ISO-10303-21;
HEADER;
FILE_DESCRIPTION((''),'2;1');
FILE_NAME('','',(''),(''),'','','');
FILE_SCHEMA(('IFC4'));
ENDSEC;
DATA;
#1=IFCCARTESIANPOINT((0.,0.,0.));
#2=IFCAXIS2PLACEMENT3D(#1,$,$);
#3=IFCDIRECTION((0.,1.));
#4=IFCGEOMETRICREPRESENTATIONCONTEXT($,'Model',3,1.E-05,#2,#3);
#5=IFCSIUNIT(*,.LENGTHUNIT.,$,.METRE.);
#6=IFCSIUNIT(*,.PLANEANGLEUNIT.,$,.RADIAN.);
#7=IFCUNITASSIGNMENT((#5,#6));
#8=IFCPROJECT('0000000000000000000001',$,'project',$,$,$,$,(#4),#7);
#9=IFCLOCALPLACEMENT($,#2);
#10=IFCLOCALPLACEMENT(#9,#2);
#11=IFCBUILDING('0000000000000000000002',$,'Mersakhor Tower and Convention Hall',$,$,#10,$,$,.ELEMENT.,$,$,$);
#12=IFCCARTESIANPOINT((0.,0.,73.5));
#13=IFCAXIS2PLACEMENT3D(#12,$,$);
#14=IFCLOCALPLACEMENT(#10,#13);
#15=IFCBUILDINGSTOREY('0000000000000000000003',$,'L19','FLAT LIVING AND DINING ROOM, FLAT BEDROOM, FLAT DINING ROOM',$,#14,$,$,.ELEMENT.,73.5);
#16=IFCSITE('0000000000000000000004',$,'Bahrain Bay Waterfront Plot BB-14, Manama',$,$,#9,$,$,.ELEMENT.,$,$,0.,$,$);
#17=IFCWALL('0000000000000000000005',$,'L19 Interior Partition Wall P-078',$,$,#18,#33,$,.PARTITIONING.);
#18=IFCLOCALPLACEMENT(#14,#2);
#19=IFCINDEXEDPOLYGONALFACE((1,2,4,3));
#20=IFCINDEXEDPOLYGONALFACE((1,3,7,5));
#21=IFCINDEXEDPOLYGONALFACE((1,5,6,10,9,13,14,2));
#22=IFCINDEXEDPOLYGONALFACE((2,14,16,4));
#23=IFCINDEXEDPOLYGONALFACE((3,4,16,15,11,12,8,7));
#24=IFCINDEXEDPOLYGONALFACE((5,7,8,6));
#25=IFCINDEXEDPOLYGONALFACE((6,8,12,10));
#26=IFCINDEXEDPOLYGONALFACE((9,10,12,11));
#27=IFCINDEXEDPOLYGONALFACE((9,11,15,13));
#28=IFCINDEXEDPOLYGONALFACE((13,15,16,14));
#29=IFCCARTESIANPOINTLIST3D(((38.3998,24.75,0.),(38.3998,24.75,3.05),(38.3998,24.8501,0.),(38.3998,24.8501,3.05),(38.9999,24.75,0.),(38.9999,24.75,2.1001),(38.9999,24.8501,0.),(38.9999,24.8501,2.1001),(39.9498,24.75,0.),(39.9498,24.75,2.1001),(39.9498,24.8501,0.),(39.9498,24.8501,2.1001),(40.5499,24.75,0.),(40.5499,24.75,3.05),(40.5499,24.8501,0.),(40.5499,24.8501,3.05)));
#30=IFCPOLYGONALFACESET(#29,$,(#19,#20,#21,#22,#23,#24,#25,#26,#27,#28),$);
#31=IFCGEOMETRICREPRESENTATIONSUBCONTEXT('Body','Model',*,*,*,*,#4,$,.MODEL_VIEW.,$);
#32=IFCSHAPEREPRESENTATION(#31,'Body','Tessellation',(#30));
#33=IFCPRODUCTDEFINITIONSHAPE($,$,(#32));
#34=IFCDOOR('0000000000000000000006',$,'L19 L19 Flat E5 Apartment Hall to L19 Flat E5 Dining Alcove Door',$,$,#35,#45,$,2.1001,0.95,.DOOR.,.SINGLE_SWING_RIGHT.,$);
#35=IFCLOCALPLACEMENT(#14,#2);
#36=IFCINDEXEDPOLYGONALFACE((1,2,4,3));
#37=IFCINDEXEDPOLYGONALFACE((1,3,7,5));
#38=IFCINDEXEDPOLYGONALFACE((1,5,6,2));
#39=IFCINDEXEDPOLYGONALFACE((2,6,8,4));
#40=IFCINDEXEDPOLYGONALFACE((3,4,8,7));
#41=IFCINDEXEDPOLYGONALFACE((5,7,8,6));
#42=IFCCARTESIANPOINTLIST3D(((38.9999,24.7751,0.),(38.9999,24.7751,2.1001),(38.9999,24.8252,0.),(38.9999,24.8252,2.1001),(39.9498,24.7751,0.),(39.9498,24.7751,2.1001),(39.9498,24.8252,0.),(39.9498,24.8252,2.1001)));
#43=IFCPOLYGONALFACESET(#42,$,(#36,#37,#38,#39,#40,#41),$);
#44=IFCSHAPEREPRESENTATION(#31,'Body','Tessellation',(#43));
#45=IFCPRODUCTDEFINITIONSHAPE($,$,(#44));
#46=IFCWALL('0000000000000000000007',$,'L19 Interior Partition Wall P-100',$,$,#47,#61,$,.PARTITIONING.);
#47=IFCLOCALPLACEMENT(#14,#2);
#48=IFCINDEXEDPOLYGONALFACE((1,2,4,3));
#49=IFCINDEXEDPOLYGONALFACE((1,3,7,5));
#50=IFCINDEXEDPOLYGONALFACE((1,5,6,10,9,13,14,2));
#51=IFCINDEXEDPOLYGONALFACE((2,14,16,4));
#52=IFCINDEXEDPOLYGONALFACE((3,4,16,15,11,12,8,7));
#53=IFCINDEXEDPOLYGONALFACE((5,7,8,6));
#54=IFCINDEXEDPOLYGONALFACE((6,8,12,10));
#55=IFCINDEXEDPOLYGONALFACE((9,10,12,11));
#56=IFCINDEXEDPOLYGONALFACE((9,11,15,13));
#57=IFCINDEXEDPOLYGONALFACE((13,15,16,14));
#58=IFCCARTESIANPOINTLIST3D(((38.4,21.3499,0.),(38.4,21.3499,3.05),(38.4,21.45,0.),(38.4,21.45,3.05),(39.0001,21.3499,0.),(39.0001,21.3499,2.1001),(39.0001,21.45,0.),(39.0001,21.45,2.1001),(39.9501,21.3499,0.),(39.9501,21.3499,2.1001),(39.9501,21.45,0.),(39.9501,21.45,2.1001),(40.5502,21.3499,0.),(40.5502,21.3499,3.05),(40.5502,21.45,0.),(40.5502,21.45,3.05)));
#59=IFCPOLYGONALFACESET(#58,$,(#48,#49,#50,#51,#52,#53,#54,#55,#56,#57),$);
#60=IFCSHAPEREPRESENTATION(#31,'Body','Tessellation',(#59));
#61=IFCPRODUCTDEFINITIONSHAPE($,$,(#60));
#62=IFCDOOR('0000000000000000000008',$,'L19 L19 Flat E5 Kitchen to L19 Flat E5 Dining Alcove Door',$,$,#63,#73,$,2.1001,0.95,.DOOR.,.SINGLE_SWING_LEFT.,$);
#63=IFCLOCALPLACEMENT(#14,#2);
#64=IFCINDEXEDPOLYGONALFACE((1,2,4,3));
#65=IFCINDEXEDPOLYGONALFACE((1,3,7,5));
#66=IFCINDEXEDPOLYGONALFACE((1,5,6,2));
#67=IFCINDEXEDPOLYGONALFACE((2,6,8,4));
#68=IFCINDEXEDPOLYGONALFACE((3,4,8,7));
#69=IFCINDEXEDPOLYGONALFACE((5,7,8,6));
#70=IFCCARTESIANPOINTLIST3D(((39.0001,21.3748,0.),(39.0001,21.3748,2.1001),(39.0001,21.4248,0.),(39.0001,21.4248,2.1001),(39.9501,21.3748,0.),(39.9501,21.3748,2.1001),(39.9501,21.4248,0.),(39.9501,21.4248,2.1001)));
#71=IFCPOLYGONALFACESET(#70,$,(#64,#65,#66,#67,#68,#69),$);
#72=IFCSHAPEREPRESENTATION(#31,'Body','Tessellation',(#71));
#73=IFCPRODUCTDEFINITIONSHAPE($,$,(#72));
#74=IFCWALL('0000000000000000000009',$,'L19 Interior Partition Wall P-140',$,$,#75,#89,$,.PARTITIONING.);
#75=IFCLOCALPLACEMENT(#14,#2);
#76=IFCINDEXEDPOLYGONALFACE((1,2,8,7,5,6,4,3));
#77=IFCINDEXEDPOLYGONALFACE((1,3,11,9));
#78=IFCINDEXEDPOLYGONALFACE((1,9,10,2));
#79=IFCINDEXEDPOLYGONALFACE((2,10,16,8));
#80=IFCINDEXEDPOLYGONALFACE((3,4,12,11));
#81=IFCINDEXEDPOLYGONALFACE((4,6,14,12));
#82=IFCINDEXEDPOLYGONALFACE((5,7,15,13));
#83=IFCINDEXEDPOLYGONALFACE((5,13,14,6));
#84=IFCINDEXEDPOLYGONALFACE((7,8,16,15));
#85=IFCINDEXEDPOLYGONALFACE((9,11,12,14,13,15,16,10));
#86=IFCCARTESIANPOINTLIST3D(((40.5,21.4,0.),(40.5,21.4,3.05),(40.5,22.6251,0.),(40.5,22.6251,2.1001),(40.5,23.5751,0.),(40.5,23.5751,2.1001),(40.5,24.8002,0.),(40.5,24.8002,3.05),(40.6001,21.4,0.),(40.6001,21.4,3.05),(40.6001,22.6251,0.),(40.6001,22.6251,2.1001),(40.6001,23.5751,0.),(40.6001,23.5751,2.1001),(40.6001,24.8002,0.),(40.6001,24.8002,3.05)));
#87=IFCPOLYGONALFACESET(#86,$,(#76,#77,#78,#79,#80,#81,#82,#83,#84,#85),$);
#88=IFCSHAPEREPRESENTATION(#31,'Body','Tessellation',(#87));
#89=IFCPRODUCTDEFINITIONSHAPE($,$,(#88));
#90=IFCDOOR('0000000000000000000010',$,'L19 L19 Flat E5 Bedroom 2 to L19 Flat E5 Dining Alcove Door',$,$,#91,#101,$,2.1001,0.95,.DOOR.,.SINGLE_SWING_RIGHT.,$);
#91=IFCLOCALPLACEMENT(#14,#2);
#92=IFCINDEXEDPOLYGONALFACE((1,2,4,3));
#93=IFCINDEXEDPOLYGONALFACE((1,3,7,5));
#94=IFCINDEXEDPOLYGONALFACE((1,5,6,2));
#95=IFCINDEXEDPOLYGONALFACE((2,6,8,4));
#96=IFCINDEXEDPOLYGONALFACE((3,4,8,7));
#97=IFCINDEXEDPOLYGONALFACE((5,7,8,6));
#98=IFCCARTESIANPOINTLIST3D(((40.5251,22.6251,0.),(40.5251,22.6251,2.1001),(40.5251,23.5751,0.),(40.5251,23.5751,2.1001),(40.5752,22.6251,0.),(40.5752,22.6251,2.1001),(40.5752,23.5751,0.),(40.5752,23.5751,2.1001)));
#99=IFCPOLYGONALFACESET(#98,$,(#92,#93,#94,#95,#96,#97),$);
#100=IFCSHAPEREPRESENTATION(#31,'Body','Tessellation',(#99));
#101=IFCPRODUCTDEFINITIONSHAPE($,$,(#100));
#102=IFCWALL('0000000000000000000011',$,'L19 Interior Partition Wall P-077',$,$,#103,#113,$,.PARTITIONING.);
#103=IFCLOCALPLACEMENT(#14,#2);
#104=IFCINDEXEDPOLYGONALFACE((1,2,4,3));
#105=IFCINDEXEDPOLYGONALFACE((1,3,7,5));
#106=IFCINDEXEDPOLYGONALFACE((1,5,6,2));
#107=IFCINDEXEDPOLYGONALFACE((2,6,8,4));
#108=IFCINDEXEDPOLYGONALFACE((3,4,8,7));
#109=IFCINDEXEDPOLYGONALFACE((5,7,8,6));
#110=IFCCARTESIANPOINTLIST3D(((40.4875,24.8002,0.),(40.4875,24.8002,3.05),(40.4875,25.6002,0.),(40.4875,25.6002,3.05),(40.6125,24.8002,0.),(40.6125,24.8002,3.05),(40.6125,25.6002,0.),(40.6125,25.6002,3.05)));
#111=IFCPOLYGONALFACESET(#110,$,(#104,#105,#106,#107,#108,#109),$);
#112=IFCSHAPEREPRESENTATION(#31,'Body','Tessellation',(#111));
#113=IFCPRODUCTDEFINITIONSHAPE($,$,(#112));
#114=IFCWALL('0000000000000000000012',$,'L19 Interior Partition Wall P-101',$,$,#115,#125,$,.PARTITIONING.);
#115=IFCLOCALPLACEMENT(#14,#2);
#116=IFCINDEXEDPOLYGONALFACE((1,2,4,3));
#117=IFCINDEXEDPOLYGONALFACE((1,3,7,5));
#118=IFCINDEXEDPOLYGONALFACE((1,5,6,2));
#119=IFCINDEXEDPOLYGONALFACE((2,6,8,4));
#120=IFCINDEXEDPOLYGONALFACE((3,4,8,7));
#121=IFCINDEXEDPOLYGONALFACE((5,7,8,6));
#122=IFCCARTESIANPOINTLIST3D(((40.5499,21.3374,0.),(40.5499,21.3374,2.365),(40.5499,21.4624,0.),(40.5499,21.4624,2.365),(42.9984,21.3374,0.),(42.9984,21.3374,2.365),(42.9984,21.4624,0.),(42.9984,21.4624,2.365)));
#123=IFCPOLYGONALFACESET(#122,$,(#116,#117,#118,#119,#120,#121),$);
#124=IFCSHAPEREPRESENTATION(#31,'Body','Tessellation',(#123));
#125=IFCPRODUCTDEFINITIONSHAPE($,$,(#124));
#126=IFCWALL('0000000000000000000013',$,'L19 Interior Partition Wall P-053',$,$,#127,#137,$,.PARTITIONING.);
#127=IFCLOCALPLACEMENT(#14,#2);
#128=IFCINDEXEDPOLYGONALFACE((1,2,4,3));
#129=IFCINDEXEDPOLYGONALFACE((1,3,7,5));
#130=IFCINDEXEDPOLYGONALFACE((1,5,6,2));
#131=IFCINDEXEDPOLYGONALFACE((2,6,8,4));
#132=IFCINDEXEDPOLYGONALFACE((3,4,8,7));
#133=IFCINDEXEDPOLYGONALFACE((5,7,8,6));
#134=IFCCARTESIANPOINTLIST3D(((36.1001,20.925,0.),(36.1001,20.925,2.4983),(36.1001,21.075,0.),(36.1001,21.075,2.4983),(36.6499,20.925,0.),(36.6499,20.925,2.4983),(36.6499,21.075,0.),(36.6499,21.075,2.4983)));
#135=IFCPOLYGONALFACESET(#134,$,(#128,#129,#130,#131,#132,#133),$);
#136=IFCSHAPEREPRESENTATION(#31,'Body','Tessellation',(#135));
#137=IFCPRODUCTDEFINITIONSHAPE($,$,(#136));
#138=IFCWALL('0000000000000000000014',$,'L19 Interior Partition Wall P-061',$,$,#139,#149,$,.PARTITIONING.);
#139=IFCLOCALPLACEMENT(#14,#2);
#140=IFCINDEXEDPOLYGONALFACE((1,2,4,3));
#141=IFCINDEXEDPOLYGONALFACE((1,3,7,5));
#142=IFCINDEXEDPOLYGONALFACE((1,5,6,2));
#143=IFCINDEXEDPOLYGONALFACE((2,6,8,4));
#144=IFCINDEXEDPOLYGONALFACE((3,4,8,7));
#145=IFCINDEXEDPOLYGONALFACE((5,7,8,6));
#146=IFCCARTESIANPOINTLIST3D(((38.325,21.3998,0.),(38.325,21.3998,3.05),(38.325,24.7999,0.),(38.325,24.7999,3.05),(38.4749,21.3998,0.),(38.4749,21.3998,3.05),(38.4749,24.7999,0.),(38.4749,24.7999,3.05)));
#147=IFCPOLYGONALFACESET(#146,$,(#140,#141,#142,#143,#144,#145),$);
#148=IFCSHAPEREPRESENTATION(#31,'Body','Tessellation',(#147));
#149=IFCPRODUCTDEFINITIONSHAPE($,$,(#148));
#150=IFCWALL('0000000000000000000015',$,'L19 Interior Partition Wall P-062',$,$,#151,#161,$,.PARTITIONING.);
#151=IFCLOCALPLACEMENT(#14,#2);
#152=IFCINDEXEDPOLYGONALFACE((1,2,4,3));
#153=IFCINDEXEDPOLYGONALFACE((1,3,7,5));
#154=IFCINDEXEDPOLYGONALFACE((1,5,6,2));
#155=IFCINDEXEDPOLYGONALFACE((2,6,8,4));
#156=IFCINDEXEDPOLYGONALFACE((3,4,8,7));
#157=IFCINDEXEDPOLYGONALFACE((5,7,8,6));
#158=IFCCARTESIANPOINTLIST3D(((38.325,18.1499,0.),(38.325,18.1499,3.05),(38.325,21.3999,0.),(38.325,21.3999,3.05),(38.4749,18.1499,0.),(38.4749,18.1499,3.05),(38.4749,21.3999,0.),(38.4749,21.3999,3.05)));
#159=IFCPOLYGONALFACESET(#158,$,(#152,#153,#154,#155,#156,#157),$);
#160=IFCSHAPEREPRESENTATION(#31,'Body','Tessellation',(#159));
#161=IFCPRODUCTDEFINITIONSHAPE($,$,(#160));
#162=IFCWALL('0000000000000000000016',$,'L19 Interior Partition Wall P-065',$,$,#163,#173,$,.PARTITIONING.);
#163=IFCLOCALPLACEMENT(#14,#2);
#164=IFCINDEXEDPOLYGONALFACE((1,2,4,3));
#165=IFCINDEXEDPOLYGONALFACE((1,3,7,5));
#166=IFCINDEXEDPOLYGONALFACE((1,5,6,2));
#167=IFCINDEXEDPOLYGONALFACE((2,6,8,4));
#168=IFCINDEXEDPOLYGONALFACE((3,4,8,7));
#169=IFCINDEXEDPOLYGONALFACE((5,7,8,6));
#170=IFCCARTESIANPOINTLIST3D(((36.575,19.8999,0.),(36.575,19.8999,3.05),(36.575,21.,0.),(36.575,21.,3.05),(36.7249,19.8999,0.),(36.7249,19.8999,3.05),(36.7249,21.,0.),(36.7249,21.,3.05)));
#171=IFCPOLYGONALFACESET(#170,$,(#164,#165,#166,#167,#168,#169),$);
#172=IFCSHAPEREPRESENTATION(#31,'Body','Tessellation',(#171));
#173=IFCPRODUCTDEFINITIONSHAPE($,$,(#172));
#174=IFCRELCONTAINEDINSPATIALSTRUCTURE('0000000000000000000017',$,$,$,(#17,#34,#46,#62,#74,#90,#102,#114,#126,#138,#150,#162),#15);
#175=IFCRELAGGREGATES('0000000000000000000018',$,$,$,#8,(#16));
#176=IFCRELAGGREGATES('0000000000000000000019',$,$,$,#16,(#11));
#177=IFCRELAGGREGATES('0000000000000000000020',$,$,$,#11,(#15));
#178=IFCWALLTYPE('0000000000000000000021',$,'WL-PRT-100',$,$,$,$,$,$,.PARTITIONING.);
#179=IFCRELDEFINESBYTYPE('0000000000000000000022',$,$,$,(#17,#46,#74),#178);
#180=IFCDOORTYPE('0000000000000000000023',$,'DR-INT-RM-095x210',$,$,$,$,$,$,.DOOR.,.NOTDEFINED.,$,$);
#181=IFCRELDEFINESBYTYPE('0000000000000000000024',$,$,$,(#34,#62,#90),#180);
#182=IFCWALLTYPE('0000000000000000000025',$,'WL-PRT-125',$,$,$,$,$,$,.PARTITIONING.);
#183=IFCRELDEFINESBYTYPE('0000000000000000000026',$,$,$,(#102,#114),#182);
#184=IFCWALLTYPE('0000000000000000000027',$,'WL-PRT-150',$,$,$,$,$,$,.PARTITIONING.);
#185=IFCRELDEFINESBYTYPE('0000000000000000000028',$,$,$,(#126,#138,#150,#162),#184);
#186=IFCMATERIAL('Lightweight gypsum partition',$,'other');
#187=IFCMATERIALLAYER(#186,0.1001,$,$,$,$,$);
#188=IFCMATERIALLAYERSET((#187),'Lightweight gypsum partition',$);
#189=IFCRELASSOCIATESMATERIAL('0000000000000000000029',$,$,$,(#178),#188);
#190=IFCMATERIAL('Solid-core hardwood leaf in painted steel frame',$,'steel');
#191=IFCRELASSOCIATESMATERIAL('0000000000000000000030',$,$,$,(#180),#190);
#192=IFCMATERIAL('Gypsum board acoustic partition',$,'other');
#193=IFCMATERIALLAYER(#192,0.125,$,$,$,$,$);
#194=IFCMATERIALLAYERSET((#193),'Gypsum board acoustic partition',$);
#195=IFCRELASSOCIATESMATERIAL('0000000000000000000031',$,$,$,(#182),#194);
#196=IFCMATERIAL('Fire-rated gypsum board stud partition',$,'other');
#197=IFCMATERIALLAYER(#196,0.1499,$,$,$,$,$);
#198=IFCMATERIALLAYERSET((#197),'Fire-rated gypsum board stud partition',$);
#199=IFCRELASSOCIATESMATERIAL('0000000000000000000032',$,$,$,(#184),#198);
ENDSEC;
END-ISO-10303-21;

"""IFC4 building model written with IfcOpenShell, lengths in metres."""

from ifc_helpers import new_model, si_unit, direction, frame, frame_2d, origin, place, context, subcontext, project, spatial, rectangle, extrude, material, layer, layer_set, type_object, element, fill, save


model = new_model("IFC4")

# Units and contexts
model_context = context("Model", 3, precision=1e-05, world=origin(), true_north=direction((0.0, 1.0)))
body_context = subcontext(model_context, "Body", "Model", "MODEL_VIEW")
ifc_project = project(units=[si_unit("LENGTHUNIT", "METRE"), si_unit("PLANEANGLEUNIT", "RADIAN")], contexts=[model_context])

# Site, building, storey
site_placement = place(None, origin())
site = spatial("IfcSite", under=ifc_project, at=site_placement, Name="Bahrain Bay Waterfront Plot BB-14, Manama", CompositionType="ELEMENT", RefElevation=0.0)
building_placement = place(site_placement, origin())
building = spatial("IfcBuilding", under=site, at=building_placement, Name="Mersakhor Tower and Convention Hall", CompositionType="ELEMENT")
storey_placement = place(building_placement, frame((0.0, 0.0, 73.5)))
storey = spatial("IfcBuildingStorey", under=building, at=storey_placement, Name="L19", Description="FLAT LIVING AND DINING ROOM, FLAT BEDROOM, FLAT DINING ROOM", CompositionType="ELEMENT", Elevation=73.5)

# Walls, openings, doors
ifc_material_1 = material(Name="Lightweight gypsum partition", Category="other")
ifc_layer_1 = layer(ifc_material_1, 0.1001)
ifc_layer_set_1 = layer_set([ifc_layer_1], Name="Lightweight gypsum partition")
wall_type_1 = type_object("IfcWallType", Name="WL-PRT-100", PredefinedType="PARTITIONING", material=ifc_layer_set_1)
wall_1_placement = place(storey_placement, frame((40.55, 24.8, 0.0), z_axis=(0.0, 0.0, 1.0), x_axis=(-1.0, 0.0, 0.0)))
wall_1 = element("IfcWall", 1, at=wall_1_placement, inside=storey, type_object=wall_type_1, Name="L19 Interior Partition Wall P-078", PredefinedType="PARTITIONING", context=body_context, shape_type="SweptSolid", body=[
    extrude(rectangle(XDim=2.1501, YDim=0.1001, at=frame_2d((1.0752, 0.0))), origin(), (0.0, 0.0, 1.0), 3.05),
])
opening_1_placement = place(wall_1_placement, frame((0.6001, 0.0, 0.0)))
opening_1 = element("IfcOpeningElement", 2, at=opening_1_placement, cuts=wall_1, PredefinedType="OPENING", context=body_context, shape_type="SweptSolid", body=[
    extrude(rectangle(XDim=0.95, YDim=2.1001, at=frame_2d((0.4751, 1.05))), frame((0.0, 0.0601, 0.0), z_axis=(0.0, -1.0, 0.0), x_axis=(1.0, 0.0, 0.0)), (0.0, 0.0, 1.0), 0.1201),
])
ifc_material_2 = material(Name="Solid-core hardwood leaf in painted steel frame", Category="steel")
door_type = type_object("IfcDoorType", Name="DR-INT-RM-095x210", OperationType="NOTDEFINED", PredefinedType="DOOR", material=ifc_material_2)
door_1_placement = place(opening_1_placement, origin())
door_1 = element("IfcDoor", 3, at=door_1_placement, inside=storey, type_object=door_type, Name="L19 L19 Flat E5 Apartment Hall to L19 Flat E5 Dining Alcove Door", OperationType="SINGLE_SWING_RIGHT", OverallHeight=2.1001, OverallWidth=0.95, PredefinedType="DOOR", context=body_context, shape_type="SweptSolid", body=[
    extrude(rectangle(XDim=0.95, YDim=2.1001, at=frame_2d((0.4751, 1.05))), frame((0.0, 0.0249, 0.0), z_axis=(0.0, -1.0, 0.0), x_axis=(1.0, 0.0, 0.0)), (0.0, 0.0, 1.0), 0.05),
])
fill(opening_1, door_1)
wall_2_placement = place(storey_placement, frame((38.3999, 21.3999, 0.0), z_axis=(0.0, 0.0, 1.0), x_axis=(1.0, 0.0, 0.0)))
wall_2 = element("IfcWall", 4, at=wall_2_placement, inside=storey, type_object=wall_type_1, Name="L19 Interior Partition Wall P-100", PredefinedType="PARTITIONING", context=body_context, shape_type="SweptSolid", body=[
    extrude(rectangle(XDim=2.1501, YDim=0.1001, at=frame_2d((1.0752, 0.0))), origin(), (0.0, 0.0, 1.0), 3.05),
])
opening_2_placement = place(wall_2_placement, frame((0.6001, 0.0, 0.0)))
opening_2 = element("IfcOpeningElement", 5, at=opening_2_placement, cuts=wall_2, PredefinedType="OPENING", context=body_context, shape_type="SweptSolid", body=[
    extrude(rectangle(XDim=0.95, YDim=2.1001, at=frame_2d((0.4751, 1.05))), frame((0.0, 0.0601, 0.0), z_axis=(0.0, -1.0, 0.0), x_axis=(1.0, 0.0, 0.0)), (0.0, 0.0, 1.0), 0.1201),
])
door_2_placement = place(opening_2_placement, origin())
door_2 = element("IfcDoor", 6, at=door_2_placement, inside=storey, type_object=door_type, Name="L19 L19 Flat E5 Kitchen to L19 Flat E5 Dining Alcove Door", OperationType="SINGLE_SWING_LEFT", OverallHeight=2.1001, OverallWidth=0.95, PredefinedType="DOOR", context=body_context, shape_type="SweptSolid", body=[
    extrude(rectangle(XDim=0.95, YDim=2.1001, at=frame_2d((0.4751, 1.05))), frame((0.0, 0.0249, 0.0), z_axis=(0.0, -1.0, 0.0), x_axis=(1.0, 0.0, 0.0)), (0.0, 0.0, 1.0), 0.05),
])
fill(opening_2, door_2)
wall_3_placement = place(storey_placement, frame((40.55, 21.3999, 0.0), z_axis=(0.0, 0.0, 1.0), x_axis=(0.0, 1.0, 0.0)))
wall_3 = element("IfcWall", 7, at=wall_3_placement, inside=storey, type_object=wall_type_1, Name="L19 Interior Partition Wall P-140", PredefinedType="PARTITIONING", context=body_context, shape_type="SweptSolid", body=[
    extrude(rectangle(XDim=3.4001, YDim=0.1001, at=frame_2d((1.7002, 0.0))), origin(), (0.0, 0.0, 1.0), 3.05),
])
opening_3_placement = place(wall_3_placement, frame((1.2251, 0.0, 0.0)))
opening_3 = element("IfcOpeningElement", 8, at=opening_3_placement, cuts=wall_3, PredefinedType="OPENING", context=body_context, shape_type="SweptSolid", body=[
    extrude(rectangle(XDim=0.95, YDim=2.1001, at=frame_2d((0.4751, 1.05))), frame((0.0, 0.0601, 0.0), z_axis=(0.0, -1.0, 0.0), x_axis=(1.0, 0.0, 0.0)), (0.0, 0.0, 1.0), 0.1201),
])
door_3_placement = place(opening_3_placement, origin())
door_3 = element("IfcDoor", 9, at=door_3_placement, inside=storey, type_object=door_type, Name="L19 L19 Flat E5 Bedroom 2 to L19 Flat E5 Dining Alcove Door", OperationType="SINGLE_SWING_RIGHT", OverallHeight=2.1001, OverallWidth=0.95, PredefinedType="DOOR", context=body_context, shape_type="SweptSolid", body=[
    extrude(rectangle(XDim=0.95, YDim=2.1001, at=frame_2d((0.4751, 1.05))), frame((0.0, 0.0249, 0.0), z_axis=(0.0, -1.0, 0.0), x_axis=(1.0, 0.0, 0.0)), (0.0, 0.0, 1.0), 0.05),
])
fill(opening_3, door_3)

# Walls
ifc_material_3 = material(Name="Gypsum board acoustic partition", Category="other")
ifc_layer_2 = layer(ifc_material_3, 0.125)
ifc_layer_set_2 = layer_set([ifc_layer_2], Name="Gypsum board acoustic partition")
wall_type_2 = type_object("IfcWallType", Name="WL-PRT-125", PredefinedType="PARTITIONING", material=ifc_layer_set_2)
wall_4_placement = place(storey_placement, frame((40.55, 25.6001, 0.0), z_axis=(0.0, 0.0, 1.0), x_axis=(0.0, -1.0, 0.0)))
element("IfcWall", 10, at=wall_4_placement, inside=storey, type_object=wall_type_2, Name="L19 Interior Partition Wall P-077", PredefinedType="PARTITIONING", context=body_context, shape_type="SweptSolid", body=[
    extrude(rectangle(XDim=0.8, YDim=0.125, at=frame_2d((0.3999, 0.0))), origin(), (0.0, 0.0, 1.0), 3.05),
])
wall_5_placement = place(storey_placement, frame((40.55, 21.3999, 0.0), z_axis=(0.0, 0.0, 1.0), x_axis=(1.0, 0.0, 0.0)))
element("IfcWall", 11, at=wall_5_placement, inside=storey, type_object=wall_type_2, Name="L19 Interior Partition Wall P-101", PredefinedType="PARTITIONING", context=body_context, shape_type="SweptSolid", body=[
    extrude(rectangle(XDim=2.4485, YDim=0.125, at=frame_2d((1.2241, 0.0))), origin(), (0.0, 0.0, 1.0), 2.365),
])
ifc_material_4 = material(Name="Fire-rated gypsum board stud partition", Category="other")
ifc_layer_3 = layer(ifc_material_4, 0.1499)
ifc_layer_set_3 = layer_set([ifc_layer_3], Name="Fire-rated gypsum board stud partition")
wall_type_3 = type_object("IfcWallType", Name="WL-PRT-150", PredefinedType="PARTITIONING", material=ifc_layer_set_3)
wall_6_placement = place(storey_placement, frame((36.6499, 21.0, 0.0), z_axis=(0.0, 0.0, 1.0), x_axis=(-1.0, 0.0, 0.0)))
element("IfcWall", 12, at=wall_6_placement, inside=storey, type_object=wall_type_3, Name="L19 Interior Partition Wall P-053", PredefinedType="PARTITIONING", context=body_context, shape_type="SweptSolid", body=[
    extrude(rectangle(XDim=0.5498, YDim=0.1499, at=frame_2d((0.2749, 0.0))), origin(), (0.0, 0.0, 1.0), 2.4983),
])
wall_7_placement = place(storey_placement, frame((38.3999, 24.8, 0.0), z_axis=(0.0, 0.0, 1.0), x_axis=(0.0, -1.0, 0.0)))
element("IfcWall", 13, at=wall_7_placement, inside=storey, type_object=wall_type_3, Name="L19 Interior Partition Wall P-061", PredefinedType="PARTITIONING", context=body_context, shape_type="SweptSolid", body=[
    extrude(rectangle(XDim=3.4001, YDim=0.1499, at=frame_2d((1.7002, 0.0))), origin(), (0.0, 0.0, 1.0), 3.05),
])
wall_8_placement = place(storey_placement, frame((38.3999, 21.3999, 0.0), z_axis=(0.0, 0.0, 1.0), x_axis=(0.0, -1.0, 0.0)))
element("IfcWall", 14, at=wall_8_placement, inside=storey, type_object=wall_type_3, Name="L19 Interior Partition Wall P-062", PredefinedType="PARTITIONING", context=body_context, shape_type="SweptSolid", body=[
    extrude(rectangle(XDim=3.25, YDim=0.1499, at=frame_2d((1.625, 0.0))), origin(), (0.0, 0.0, 1.0), 3.05),
])
wall_9_placement = place(storey_placement, frame((36.6499, 19.8999, 0.0), z_axis=(0.0, 0.0, 1.0), x_axis=(0.0, 1.0, 0.0)))
element("IfcWall", 15, at=wall_9_placement, inside=storey, type_object=wall_type_3, Name="L19 Interior Partition Wall P-065", PredefinedType="PARTITIONING", context=body_context, shape_type="SweptSolid", body=[
    extrude(rectangle(XDim=1.1001, YDim=0.1499, at=frame_2d((0.55, 0.0))), origin(), (0.0, 0.0, 1.0), 3.05),
])

save(model, "model.ifc")
